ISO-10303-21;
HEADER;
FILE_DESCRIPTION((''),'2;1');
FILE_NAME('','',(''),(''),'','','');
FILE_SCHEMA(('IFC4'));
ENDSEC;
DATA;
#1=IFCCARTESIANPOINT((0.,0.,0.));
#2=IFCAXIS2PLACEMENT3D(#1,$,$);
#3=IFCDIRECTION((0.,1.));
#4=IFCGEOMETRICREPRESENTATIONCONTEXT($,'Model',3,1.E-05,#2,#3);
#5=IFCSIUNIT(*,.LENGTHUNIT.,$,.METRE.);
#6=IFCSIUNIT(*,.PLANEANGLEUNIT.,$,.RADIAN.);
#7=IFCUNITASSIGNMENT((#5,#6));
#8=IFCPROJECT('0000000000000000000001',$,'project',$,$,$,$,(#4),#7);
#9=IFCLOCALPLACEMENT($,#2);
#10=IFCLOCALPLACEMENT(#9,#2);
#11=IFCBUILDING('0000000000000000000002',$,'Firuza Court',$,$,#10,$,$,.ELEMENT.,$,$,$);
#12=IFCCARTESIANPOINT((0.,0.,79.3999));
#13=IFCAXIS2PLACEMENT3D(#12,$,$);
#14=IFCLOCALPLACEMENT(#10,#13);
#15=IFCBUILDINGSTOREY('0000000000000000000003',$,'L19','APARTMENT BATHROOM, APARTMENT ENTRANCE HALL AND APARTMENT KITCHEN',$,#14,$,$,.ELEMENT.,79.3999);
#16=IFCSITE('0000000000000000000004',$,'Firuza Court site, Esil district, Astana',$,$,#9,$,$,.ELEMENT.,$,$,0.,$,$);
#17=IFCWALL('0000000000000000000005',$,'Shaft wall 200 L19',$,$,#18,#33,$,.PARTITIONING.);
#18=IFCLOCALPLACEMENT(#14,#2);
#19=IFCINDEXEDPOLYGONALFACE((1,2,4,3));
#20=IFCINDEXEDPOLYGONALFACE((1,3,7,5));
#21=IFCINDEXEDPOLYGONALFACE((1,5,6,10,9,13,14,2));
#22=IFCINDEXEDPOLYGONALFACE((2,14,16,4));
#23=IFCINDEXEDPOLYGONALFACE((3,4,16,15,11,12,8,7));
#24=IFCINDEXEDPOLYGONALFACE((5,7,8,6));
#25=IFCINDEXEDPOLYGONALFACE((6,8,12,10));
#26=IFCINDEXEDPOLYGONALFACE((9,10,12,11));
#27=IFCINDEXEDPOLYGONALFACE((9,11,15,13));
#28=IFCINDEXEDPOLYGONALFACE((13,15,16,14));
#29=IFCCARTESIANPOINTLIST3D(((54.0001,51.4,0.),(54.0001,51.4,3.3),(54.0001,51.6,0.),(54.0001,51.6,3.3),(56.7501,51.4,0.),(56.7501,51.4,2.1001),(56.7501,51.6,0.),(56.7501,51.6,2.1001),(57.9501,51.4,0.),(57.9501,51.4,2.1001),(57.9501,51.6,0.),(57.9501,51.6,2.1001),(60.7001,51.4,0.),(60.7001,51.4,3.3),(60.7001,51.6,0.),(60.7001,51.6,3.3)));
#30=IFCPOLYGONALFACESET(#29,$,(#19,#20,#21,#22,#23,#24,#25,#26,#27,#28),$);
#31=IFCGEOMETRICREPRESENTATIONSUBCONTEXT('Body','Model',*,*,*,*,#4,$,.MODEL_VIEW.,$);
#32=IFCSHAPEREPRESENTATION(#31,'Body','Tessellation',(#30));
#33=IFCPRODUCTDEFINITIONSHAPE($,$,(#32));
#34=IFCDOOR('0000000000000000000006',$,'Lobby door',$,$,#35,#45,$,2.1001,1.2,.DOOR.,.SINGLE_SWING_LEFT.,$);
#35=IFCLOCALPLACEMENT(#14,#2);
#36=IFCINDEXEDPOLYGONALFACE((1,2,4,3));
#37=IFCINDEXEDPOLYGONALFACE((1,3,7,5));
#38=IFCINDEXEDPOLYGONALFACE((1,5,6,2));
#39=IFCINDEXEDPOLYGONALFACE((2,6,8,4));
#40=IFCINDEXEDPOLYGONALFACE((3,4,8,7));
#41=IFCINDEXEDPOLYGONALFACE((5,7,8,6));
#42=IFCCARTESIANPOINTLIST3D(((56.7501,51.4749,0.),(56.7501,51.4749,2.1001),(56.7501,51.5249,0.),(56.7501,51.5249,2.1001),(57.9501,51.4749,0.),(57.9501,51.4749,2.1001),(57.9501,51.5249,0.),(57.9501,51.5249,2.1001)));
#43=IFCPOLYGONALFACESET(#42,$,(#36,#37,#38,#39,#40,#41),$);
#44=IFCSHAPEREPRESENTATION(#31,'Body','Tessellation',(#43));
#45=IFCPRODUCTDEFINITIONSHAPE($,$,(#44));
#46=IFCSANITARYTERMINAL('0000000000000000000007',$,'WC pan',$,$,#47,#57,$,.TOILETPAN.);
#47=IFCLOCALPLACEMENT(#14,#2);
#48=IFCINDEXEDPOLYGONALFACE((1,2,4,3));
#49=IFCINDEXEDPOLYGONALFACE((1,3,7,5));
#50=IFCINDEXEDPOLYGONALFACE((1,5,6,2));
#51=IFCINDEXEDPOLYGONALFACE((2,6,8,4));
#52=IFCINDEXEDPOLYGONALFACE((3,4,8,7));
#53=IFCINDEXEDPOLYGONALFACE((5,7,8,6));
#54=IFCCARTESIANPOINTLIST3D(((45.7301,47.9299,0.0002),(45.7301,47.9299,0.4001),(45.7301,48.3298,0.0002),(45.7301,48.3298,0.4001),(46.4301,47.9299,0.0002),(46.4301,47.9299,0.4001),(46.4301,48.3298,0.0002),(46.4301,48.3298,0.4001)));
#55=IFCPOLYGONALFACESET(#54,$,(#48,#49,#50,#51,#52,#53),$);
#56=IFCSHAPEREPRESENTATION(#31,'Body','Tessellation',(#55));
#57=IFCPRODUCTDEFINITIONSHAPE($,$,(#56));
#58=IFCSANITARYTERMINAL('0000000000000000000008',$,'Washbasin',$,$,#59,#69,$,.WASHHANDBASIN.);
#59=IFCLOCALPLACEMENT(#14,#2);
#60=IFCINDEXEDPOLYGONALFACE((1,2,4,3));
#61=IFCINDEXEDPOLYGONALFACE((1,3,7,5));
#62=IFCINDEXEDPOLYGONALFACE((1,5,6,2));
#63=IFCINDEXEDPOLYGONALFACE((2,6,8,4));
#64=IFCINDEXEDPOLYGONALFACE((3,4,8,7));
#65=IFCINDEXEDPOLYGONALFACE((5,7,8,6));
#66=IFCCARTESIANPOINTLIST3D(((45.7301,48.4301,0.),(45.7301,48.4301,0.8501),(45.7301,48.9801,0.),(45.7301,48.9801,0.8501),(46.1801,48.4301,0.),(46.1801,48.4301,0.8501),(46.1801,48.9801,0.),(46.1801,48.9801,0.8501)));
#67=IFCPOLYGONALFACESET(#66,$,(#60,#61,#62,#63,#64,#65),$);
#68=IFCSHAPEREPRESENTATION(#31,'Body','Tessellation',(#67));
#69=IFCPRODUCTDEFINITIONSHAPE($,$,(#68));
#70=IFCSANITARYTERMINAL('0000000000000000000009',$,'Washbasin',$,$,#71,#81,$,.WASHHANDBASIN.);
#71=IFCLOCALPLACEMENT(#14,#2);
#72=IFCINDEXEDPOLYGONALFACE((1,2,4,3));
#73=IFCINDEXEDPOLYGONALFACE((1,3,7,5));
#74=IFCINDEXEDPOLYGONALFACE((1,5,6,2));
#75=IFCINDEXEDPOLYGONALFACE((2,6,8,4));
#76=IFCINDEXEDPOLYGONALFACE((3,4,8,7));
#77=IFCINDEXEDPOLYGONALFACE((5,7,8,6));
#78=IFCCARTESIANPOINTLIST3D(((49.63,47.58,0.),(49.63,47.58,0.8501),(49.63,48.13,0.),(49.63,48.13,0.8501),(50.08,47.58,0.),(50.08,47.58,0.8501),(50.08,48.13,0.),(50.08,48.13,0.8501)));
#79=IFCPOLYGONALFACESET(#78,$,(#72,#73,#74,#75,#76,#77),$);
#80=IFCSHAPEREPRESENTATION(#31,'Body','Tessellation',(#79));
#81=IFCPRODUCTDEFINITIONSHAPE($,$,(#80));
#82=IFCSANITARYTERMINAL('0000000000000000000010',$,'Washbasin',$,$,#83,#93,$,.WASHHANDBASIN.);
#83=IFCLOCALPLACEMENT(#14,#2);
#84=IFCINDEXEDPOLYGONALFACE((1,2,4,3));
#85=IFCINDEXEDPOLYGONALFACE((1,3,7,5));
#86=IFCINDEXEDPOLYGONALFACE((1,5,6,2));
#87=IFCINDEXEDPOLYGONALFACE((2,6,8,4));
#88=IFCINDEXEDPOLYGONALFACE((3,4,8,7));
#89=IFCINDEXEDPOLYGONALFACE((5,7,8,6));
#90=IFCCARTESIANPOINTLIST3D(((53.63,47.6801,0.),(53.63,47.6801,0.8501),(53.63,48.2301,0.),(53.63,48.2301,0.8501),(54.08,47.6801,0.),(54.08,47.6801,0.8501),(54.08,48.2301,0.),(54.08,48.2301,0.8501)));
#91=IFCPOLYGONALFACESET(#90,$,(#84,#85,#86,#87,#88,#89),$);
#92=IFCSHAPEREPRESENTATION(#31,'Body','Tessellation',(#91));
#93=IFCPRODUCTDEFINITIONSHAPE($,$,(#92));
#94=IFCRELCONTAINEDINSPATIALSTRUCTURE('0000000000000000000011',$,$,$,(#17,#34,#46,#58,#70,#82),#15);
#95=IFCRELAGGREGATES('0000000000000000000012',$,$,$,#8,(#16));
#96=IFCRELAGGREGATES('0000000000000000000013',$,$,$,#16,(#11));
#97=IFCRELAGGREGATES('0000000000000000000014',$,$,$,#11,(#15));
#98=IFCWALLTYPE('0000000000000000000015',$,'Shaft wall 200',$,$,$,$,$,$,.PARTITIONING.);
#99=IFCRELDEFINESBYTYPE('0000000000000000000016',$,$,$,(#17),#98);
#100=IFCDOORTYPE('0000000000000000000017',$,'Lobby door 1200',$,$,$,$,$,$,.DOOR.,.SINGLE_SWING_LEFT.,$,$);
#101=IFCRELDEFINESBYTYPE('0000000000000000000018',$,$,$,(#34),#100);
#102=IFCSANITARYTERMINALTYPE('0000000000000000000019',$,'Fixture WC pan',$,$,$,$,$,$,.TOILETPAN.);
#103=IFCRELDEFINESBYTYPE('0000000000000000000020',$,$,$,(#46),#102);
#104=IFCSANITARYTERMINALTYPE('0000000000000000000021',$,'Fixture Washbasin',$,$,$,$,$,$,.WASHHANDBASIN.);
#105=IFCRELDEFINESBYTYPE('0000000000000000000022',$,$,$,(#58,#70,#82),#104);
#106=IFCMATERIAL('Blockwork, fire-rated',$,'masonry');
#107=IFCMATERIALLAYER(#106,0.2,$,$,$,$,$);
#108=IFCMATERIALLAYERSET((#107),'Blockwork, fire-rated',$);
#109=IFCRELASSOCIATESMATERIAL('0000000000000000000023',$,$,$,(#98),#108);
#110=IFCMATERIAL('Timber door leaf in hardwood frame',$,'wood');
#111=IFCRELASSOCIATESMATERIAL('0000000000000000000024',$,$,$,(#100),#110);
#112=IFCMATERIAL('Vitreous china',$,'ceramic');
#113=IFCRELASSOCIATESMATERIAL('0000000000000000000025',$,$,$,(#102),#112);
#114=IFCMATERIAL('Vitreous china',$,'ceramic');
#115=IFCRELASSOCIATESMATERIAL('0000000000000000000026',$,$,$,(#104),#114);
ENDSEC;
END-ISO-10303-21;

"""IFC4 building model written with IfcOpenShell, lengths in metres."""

from ifc_helpers import new_model, si_unit, direction, frame, frame_2d, origin, origin_2d, place, context, subcontext, project, spatial, rectangle, extrude, material, layer, layer_set, type_object, element, fill, save


model = new_model("IFC4")

# Units and contexts
model_context = context("Model", 3, precision=1e-05, world=origin(), true_north=direction((0.0, 1.0)))
body_context = subcontext(model_context, "Body", "Model", "MODEL_VIEW")
ifc_project = project(units=[si_unit("LENGTHUNIT", "METRE"), si_unit("PLANEANGLEUNIT", "RADIAN")], contexts=[model_context])

# Site, building, storey
site_placement = place(None, origin())
site = spatial("IfcSite", under=ifc_project, at=site_placement, Name="Firuza Court site, Esil district, Astana", CompositionType="ELEMENT", RefElevation=0.0)
building_placement = place(site_placement, origin())
building = spatial("IfcBuilding", under=site, at=building_placement, Name="Firuza Court", CompositionType="ELEMENT")
storey_placement = place(building_placement, frame((0.0, 0.0, 79.3999)))
storey = spatial("IfcBuildingStorey", under=building, at=storey_placement, Name="L19", Description="APARTMENT BATHROOM, APARTMENT ENTRANCE HALL AND APARTMENT KITCHEN", CompositionType="ELEMENT", Elevation=79.3999)

# Shared definitions
ifc_material_1 = material(Name="Blockwork, fire-rated", Category="masonry")
ifc_layer_1 = layer(ifc_material_1, 0.2)
ifc_layer_set_1 = layer_set([ifc_layer_1], Name="Blockwork, fire-rated")
wall_type_1 = type_object("IfcWallType", Name="Shaft wall 200", PredefinedType="PARTITIONING", material=ifc_layer_set_1)
ifc_material_2 = material(Name="Timber door leaf in hardwood frame", Category="wood")
door_type_1 = type_object("IfcDoorType", Name="Lobby door 1200", OperationType="SINGLE_SWING_LEFT", PredefinedType="DOOR", material=ifc_material_2)

# Wall, opening, door
wall_1_placement = place(storey_placement, frame((54.0, 51.5, 0.0), z_axis=(0.0, 0.0, 1.0), x_axis=(1.0, 0.0, 0.0)))
wall_1 = element("IfcWall", 1, at=wall_1_placement, inside=storey, type_object=wall_type_1, Name="Shaft wall 200 L19", PredefinedType="PARTITIONING", context=body_context, shape_type="SweptSolid", body=[
    extrude(rectangle(XDim=6.7, YDim=0.2, at=frame_2d((3.3501, 0.0))), origin(), (0.0, 0.0, 1.0), 3.3),
])
opening_1_placement = place(wall_1_placement, frame((2.75, 0.0, 0.0)))
opening_1 = element("IfcOpeningElement", 2, at=opening_1_placement, cuts=wall_1, PredefinedType="OPENING", context=body_context, shape_type="SweptSolid", body=[
    extrude(rectangle(XDim=1.2, YDim=2.1001, at=frame_2d((0.6001, 1.05))), frame((0.0, 0.1118, 0.0), z_axis=(0.0, -1.0, 0.0), x_axis=(1.0, 0.0, 0.0)), (0.0, 0.0, 1.0), 0.2239),
])
door_1_placement = place(opening_1_placement, origin())
door_1 = element("IfcDoor", 3, at=door_1_placement, inside=storey, type_object=door_type_1, Name="Lobby door", OperationType="SINGLE_SWING_LEFT", OverallHeight=2.1001, OverallWidth=1.2, PredefinedType="DOOR", context=body_context, shape_type="SweptSolid", body=[
    extrude(rectangle(XDim=1.2, YDim=2.1001, at=frame_2d((0.6001, 1.05))), frame((0.0, 0.0249, 0.0), z_axis=(0.0, -1.0, 0.0), x_axis=(1.0, 0.0, 0.0)), (0.0, 0.0, 1.0), 0.05),
])
fill(opening_1, door_1)

# Sanitary terminals
ifc_material_3 = material(Name="Vitreous china", Category="ceramic")
sanitary_terminal_type_1 = type_object("IfcSanitaryTerminalType", Name="Fixture WC pan", PredefinedType="TOILETPAN", material=ifc_material_3)
sanitary_terminal_placement = place(storey_placement, frame((46.0801, 48.1299, 0.0002), z_axis=(0.0, 0.0, 1.0), x_axis=(1.0, 0.0, 0.0)))
element("IfcSanitaryTerminal", 4, at=sanitary_terminal_placement, inside=storey, type_object=sanitary_terminal_type_1, Name="WC pan", PredefinedType="TOILETPAN", context=body_context, shape_type="SweptSolid", body=[
    extrude(rectangle(XDim=0.7, YDim=0.3999, at=origin_2d()), origin(), (0.0, 0.0, 1.0), 0.3999),
])
ifc_material_4 = material(Name="Vitreous china", Category="ceramic")
sanitary_terminal_type_2 = type_object("IfcSanitaryTerminalType", Name="Fixture Washbasin", PredefinedType="WASHHANDBASIN", material=ifc_material_4)
for number, where, z_axis, x_axis, name in (
    (5, (45.9551, 48.7051, 0.0), (0.0, 0.0, 1.0), (1.0, 0.0, 0.0), "Washbasin"),
    (6, (49.855, 47.855, 0.0), (0.0, 0.0, 1.0), (1.0, 0.0, 0.0), "Washbasin"),
    (7, (53.855, 47.9551, 0.0), (0.0, 0.0, 1.0), (1.0, 0.0, 0.0), "Washbasin"),
):
    element("IfcSanitaryTerminal", number, at=place(storey_placement, frame(where, z_axis=z_axis, x_axis=x_axis)), inside=storey, type_object=sanitary_terminal_type_2, Name=name, PredefinedType="WASHHANDBASIN", context=body_context, shape_type="SweptSolid", body=[
        extrude(rectangle(XDim=0.45, YDim=0.55, at=origin_2d()), origin(), (0.0, 0.0, 1.0), 0.8501),
    ])

save(model, "model.ifc")
